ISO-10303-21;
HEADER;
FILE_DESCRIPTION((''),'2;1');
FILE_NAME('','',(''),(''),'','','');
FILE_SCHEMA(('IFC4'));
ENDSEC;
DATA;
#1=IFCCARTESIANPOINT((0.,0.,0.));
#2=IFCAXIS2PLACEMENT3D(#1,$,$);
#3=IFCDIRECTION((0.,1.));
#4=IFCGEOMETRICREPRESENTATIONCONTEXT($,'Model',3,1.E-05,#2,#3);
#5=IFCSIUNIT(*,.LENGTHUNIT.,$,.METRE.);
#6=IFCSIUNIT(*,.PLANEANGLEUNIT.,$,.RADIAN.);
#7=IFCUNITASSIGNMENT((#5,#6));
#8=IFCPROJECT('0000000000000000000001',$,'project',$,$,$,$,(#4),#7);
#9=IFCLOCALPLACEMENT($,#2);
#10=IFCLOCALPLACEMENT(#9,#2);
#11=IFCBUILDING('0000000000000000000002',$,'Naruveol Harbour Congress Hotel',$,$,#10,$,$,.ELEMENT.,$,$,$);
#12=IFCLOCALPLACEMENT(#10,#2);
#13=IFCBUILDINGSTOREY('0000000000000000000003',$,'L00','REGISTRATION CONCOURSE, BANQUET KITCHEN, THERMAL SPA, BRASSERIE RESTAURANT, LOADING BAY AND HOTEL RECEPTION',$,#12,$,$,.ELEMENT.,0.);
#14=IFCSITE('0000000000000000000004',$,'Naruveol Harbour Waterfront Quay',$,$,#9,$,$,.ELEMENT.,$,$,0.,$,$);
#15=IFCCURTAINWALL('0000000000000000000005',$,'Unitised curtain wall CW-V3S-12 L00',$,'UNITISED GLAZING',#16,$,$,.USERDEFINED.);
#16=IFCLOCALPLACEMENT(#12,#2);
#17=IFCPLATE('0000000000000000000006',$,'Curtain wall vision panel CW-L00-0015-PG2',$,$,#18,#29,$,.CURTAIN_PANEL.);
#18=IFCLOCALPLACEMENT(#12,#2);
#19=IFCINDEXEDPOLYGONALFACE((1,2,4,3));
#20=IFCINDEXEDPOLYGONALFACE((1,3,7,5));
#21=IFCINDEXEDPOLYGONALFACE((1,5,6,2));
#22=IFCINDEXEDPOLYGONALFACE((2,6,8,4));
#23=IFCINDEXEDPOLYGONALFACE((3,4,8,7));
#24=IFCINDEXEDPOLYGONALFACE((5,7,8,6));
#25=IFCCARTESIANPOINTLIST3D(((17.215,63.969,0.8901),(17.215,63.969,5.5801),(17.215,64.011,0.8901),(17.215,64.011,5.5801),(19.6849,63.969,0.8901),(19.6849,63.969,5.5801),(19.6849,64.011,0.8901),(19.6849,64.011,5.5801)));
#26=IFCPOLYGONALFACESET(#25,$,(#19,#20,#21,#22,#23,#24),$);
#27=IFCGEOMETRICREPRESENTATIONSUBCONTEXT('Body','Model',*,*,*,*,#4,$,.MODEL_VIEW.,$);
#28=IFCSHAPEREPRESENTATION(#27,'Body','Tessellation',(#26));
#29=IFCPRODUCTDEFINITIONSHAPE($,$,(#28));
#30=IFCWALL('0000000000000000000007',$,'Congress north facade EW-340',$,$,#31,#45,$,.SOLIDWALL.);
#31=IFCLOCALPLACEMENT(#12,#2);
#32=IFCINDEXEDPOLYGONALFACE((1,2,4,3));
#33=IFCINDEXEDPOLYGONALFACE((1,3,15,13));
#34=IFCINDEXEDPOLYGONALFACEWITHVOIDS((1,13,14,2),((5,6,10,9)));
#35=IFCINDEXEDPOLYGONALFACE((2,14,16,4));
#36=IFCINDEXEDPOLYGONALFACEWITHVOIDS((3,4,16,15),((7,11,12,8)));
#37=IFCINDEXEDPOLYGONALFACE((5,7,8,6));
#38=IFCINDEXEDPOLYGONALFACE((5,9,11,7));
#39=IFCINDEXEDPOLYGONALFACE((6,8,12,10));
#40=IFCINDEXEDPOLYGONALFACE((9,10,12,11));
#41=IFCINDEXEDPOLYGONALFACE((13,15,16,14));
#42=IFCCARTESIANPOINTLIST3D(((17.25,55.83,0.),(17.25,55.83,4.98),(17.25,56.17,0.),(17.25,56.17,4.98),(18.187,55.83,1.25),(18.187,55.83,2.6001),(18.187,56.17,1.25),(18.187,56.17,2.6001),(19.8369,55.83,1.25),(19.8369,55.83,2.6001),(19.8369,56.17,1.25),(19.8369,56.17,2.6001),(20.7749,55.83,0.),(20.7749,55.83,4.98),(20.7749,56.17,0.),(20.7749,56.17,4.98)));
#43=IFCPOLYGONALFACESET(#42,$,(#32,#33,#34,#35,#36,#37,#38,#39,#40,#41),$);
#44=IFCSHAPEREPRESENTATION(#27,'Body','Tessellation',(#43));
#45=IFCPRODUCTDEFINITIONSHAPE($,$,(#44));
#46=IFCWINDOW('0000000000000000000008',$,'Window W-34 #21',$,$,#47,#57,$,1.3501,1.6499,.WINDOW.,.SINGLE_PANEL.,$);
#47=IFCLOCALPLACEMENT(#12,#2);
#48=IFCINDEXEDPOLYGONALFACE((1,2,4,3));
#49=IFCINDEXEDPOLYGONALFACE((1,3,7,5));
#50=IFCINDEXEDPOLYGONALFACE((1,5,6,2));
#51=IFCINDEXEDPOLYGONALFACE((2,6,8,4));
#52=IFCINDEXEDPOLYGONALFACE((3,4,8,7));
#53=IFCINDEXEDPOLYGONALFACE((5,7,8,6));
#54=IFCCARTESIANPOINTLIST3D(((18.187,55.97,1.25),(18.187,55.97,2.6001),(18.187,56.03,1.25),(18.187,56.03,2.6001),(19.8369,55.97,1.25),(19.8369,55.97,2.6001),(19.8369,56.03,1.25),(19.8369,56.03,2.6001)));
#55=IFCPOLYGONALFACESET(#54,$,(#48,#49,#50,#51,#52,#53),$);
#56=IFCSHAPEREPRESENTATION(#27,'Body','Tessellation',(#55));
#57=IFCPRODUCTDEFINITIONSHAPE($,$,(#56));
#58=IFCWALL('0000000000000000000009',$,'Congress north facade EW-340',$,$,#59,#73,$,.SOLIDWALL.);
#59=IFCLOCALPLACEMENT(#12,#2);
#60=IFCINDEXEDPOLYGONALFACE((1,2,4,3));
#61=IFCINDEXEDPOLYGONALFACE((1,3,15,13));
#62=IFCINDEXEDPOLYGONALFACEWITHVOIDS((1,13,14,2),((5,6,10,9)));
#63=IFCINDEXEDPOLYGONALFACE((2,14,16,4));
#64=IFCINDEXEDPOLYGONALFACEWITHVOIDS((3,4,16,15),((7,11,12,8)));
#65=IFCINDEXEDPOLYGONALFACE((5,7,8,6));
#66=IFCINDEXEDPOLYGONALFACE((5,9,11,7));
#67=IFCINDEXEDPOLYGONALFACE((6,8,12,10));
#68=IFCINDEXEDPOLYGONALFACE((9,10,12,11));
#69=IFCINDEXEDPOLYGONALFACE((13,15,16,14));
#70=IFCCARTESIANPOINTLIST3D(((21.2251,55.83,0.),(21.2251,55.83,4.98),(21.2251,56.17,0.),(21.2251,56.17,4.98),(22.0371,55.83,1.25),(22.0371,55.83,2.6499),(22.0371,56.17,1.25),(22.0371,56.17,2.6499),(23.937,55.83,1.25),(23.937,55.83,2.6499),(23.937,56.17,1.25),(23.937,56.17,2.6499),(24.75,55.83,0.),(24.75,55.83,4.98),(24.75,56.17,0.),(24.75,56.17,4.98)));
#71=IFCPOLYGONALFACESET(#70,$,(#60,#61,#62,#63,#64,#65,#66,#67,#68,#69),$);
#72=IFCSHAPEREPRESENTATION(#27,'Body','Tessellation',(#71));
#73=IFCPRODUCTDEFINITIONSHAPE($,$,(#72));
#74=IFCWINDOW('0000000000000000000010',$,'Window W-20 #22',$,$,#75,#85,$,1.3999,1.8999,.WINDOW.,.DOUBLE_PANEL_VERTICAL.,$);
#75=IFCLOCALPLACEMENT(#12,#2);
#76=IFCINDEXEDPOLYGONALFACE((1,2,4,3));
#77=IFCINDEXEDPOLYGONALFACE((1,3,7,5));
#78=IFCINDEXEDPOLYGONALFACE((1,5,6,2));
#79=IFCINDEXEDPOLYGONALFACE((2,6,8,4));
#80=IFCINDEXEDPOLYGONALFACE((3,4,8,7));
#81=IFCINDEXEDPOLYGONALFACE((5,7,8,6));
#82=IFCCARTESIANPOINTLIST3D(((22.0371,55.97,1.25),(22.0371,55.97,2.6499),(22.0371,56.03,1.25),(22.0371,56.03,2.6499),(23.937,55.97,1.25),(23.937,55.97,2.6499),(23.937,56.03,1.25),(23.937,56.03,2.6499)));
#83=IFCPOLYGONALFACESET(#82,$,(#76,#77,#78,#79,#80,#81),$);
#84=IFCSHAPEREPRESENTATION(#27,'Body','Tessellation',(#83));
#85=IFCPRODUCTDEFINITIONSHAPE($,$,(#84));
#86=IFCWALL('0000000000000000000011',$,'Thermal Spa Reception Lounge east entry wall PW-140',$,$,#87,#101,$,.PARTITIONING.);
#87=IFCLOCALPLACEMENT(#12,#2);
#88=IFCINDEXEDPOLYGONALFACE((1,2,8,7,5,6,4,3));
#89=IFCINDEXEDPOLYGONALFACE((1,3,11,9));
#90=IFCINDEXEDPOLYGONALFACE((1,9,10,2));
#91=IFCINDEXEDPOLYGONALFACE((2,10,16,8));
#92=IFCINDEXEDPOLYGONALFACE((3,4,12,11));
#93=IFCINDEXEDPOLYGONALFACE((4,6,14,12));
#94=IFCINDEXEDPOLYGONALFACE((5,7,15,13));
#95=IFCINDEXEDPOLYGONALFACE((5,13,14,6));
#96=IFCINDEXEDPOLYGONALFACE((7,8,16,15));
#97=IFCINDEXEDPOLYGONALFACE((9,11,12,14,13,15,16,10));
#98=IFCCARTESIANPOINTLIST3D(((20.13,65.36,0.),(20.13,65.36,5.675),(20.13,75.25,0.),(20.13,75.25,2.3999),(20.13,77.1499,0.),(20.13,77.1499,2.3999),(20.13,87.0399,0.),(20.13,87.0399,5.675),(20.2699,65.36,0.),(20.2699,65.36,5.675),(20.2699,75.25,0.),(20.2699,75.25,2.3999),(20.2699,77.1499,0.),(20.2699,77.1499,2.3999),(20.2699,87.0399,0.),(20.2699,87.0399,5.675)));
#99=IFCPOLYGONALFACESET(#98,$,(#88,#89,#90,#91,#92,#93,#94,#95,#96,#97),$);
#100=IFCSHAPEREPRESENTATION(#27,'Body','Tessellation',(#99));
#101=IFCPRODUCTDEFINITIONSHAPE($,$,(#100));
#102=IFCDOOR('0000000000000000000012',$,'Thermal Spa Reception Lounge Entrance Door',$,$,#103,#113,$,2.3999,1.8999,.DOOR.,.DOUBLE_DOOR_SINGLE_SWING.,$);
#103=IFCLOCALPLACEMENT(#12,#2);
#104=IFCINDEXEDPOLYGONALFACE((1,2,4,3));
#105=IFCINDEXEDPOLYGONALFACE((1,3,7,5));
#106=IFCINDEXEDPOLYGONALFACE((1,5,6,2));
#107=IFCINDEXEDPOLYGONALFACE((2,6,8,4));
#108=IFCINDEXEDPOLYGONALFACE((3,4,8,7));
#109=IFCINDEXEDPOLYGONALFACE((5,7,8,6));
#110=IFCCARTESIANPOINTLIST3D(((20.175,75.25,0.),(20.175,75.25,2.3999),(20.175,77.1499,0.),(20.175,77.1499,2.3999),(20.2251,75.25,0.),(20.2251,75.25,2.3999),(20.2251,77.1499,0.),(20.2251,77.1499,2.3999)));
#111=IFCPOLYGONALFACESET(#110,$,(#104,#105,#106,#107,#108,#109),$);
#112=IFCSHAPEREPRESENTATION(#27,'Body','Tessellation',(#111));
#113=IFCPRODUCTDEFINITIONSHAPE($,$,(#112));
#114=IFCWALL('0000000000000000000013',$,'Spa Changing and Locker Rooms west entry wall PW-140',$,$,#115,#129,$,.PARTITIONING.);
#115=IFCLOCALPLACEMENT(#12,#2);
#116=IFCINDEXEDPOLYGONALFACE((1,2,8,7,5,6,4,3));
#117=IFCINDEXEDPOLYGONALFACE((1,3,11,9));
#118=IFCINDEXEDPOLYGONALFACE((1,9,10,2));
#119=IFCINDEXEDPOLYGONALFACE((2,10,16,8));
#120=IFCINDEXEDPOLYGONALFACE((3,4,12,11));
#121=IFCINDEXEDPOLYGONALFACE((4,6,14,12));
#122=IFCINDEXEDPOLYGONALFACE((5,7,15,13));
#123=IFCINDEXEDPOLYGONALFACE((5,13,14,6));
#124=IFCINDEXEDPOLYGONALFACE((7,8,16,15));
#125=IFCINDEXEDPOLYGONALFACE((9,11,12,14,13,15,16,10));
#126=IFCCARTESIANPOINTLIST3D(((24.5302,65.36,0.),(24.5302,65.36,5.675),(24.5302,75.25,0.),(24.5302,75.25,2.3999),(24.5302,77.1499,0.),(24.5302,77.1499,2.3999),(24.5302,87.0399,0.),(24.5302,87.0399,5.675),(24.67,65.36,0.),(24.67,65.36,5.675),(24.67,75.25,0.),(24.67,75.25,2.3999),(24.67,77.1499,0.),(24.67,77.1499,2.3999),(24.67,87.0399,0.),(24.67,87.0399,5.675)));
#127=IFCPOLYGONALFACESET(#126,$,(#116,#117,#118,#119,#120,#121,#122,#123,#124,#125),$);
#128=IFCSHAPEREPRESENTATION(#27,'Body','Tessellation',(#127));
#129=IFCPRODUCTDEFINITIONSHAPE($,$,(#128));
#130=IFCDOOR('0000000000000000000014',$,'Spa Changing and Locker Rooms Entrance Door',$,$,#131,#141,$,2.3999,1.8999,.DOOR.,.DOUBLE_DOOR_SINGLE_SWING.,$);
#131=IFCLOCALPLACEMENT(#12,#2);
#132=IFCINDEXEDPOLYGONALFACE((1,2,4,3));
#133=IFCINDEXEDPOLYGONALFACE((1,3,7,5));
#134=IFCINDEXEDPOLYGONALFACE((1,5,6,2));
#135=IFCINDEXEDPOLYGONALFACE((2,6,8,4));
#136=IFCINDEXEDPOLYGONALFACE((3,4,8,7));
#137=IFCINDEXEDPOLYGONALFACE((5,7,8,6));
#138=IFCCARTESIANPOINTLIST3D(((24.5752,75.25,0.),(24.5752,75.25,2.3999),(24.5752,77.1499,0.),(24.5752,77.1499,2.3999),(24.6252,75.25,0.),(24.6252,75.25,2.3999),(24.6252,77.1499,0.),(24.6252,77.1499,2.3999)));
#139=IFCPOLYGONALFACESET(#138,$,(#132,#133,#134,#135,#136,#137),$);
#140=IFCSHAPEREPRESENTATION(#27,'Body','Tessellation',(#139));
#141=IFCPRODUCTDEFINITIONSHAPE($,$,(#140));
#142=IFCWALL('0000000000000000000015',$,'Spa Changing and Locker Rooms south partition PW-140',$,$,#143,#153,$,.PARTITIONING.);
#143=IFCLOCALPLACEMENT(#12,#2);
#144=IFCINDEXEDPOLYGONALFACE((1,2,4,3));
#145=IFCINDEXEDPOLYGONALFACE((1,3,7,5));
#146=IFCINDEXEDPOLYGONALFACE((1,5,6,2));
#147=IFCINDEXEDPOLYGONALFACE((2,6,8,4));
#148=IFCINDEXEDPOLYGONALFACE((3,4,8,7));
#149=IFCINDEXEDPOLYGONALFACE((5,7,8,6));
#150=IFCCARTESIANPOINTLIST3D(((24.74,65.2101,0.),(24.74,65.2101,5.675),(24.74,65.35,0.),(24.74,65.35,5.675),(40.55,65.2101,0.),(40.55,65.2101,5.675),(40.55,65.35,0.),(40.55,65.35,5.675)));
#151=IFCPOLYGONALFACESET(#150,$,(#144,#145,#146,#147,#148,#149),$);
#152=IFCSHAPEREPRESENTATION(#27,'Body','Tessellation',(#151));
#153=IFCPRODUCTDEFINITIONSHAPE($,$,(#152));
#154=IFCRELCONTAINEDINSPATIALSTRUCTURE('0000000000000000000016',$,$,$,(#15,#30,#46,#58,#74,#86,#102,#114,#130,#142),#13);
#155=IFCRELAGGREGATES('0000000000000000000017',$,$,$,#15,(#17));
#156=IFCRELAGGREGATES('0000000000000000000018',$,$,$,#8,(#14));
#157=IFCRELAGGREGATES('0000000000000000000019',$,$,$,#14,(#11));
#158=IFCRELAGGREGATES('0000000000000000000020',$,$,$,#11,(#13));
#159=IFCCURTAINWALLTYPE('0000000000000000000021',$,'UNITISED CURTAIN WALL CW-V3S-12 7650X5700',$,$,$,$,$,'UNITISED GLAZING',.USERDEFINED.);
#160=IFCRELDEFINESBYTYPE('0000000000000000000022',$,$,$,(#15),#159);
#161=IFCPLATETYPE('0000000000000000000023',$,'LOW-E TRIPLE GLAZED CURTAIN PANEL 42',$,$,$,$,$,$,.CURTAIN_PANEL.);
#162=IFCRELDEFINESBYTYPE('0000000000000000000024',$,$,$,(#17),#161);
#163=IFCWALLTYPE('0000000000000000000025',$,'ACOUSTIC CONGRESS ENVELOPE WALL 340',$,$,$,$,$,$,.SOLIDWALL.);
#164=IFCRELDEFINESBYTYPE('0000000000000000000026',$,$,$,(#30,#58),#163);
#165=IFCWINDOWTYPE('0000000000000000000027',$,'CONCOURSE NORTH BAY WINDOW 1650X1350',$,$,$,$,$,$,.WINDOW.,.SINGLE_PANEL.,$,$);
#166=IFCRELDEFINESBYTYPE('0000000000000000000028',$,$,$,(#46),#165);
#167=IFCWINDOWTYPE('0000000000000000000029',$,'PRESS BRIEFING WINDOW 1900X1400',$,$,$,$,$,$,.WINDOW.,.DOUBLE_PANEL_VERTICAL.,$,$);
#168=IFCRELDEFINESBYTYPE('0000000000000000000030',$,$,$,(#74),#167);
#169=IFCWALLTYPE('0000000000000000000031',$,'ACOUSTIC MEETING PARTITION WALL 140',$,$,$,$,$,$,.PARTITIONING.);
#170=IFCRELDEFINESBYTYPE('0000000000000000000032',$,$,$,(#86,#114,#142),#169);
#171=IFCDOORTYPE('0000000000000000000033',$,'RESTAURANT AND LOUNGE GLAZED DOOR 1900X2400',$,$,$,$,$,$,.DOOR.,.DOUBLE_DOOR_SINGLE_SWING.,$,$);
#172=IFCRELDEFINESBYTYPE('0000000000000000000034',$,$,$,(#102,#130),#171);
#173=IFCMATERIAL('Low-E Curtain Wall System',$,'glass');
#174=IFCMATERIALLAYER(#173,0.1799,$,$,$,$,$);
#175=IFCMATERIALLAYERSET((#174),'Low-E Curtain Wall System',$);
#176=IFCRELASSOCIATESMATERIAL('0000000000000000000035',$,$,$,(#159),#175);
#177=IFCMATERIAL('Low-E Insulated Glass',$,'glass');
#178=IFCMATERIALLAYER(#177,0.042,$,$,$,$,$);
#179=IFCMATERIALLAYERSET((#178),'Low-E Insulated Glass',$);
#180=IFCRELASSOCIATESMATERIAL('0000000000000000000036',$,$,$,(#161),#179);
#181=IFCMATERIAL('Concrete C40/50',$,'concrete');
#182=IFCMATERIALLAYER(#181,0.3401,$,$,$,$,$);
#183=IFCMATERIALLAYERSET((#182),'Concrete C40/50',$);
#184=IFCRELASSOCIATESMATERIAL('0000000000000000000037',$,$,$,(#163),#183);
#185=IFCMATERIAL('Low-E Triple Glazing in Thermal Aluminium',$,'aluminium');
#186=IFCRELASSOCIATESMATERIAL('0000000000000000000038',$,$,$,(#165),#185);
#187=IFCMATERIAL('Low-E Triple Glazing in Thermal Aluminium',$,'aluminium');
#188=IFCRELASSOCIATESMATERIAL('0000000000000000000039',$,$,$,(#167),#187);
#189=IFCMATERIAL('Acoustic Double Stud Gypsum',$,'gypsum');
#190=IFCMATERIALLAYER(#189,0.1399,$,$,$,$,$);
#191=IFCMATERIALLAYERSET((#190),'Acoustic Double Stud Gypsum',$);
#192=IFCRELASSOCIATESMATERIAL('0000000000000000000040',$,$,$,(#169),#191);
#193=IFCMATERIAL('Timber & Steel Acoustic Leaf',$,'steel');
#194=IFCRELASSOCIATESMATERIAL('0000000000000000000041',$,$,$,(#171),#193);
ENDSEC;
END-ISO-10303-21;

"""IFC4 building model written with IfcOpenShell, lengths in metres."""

from ifc_helpers import new_model, si_unit, direction, frame, frame_2d, origin, origin_2d, place, context, subcontext, project, spatial, rectangle, extrude, material, layer, layer_set, type_object, element, fill, aggregate, save


model = new_model("IFC4")

# Units and contexts
model_context = context("Model", 3, precision=1e-05, world=origin(), true_north=direction((0.0, 1.0)))
body_context = subcontext(model_context, "Body", "Model", "MODEL_VIEW")
ifc_project = project(units=[si_unit("LENGTHUNIT", "METRE"), si_unit("PLANEANGLEUNIT", "RADIAN")], contexts=[model_context])

# Site, building, storey
site_placement = place(None, origin())
site = spatial("IfcSite", under=ifc_project, at=site_placement, Name="Naruveol Harbour Waterfront Quay", CompositionType="ELEMENT", RefElevation=0.0)
building_placement = place(site_placement, origin())
building = spatial("IfcBuilding", under=site, at=building_placement, Name="Naruveol Harbour Congress Hotel", CompositionType="ELEMENT")
storey_placement = place(building_placement, origin())
storey = spatial("IfcBuildingStorey", under=building, at=storey_placement, Name="L00", Description="REGISTRATION CONCOURSE, BANQUET KITCHEN, THERMAL SPA, BRASSERIE RESTAURANT, LOADING BAY AND HOTEL RECEPTION", CompositionType="ELEMENT", Elevation=0.0)

# Curtain wall, plate
ifc_material_1 = material(Name="Low-E Curtain Wall System", Category="glass")
ifc_layer_1 = layer(ifc_material_1, 0.1799)
ifc_layer_set_1 = layer_set([ifc_layer_1], Name="Low-E Curtain Wall System")
curtain_wall_type = type_object("IfcCurtainWallType", Name="UNITISED CURTAIN WALL CW-V3S-12 7650X5700", ElementType="UNITISED GLAZING", PredefinedType="USERDEFINED", material=ifc_layer_set_1)
curtain_wall_placement = place(storey_placement, origin())
curtain_wall = element("IfcCurtainWall", 1, at=curtain_wall_placement, inside=storey, type_object=curtain_wall_type, Name="Unitised curtain wall CW-V3S-12 L00", ObjectType="UNITISED GLAZING", PredefinedType="USERDEFINED")
ifc_material_2 = material(Name="Low-E Insulated Glass", Category="glass")
ifc_layer_2 = layer(ifc_material_2, 0.042)
ifc_layer_set_2 = layer_set([ifc_layer_2], Name="Low-E Insulated Glass")
plate_type_1 = type_object("IfcPlateType", Name="LOW-E TRIPLE GLAZED CURTAIN PANEL 42", PredefinedType="CURTAIN_PANEL", material=ifc_layer_set_2)
plate_1_placement = place(storey_placement, frame((18.45, 63.99, 0.8901), z_axis=(0.0, 0.0, 1.0), x_axis=(-1.0, 0.0, 0.0)))
plate_1 = element("IfcPlate", 2, at=plate_1_placement, type_object=plate_type_1, Name="Curtain wall vision panel CW-L00-0015-PG2", PredefinedType="CURTAIN_PANEL", context=body_context, shape_type="SweptSolid", body=[
    extrude(rectangle(XDim=2.47, YDim=0.042, at=origin_2d()), origin(), (0.0, 0.0, 1.0), 4.6899),
])
aggregate(curtain_wall, [plate_1])

# Walls, openings, windows
ifc_material_3 = material(Name="Concrete C40/50", Category="concrete")
ifc_layer_3 = layer(ifc_material_3, 0.3401)
ifc_layer_set_3 = layer_set([ifc_layer_3], Name="Concrete C40/50")
wall_type_1 = type_object("IfcWallType", Name="ACOUSTIC CONGRESS ENVELOPE WALL 340", PredefinedType="SOLIDWALL", material=ifc_layer_set_3)
wall_1_placement = place(storey_placement, frame((17.25, 56.0, 0.0), z_axis=(0.0, 0.0, 1.0), x_axis=(1.0, 0.0, 0.0)))
wall_1 = element("IfcWall", 3, at=wall_1_placement, inside=storey, type_object=wall_type_1, Name="Congress north facade EW-340", PredefinedType="SOLIDWALL", context=body_context, shape_type="SweptSolid", body=[
    extrude(rectangle(XDim=3.5249, YDim=0.3401, at=frame_2d((1.7625, 0.0))), origin(), (0.0, 0.0, 1.0), 4.98),
])
opening_1_placement = place(wall_1_placement, frame((0.937, 0.0, 1.25)))
opening_1 = element("IfcOpeningElement", 4, at=opening_1_placement, cuts=wall_1, PredefinedType="OPENING", context=body_context, shape_type="SweptSolid", body=[
    extrude(rectangle(XDim=1.6499, YDim=1.3501, at=frame_2d((0.825, 0.675))), frame((0.0, 0.1799, 0.0), z_axis=(0.0, -1.0, 0.0), x_axis=(1.0, 0.0, 0.0)), (0.0, 0.0, 1.0), 0.3601),
])
ifc_material_4 = material(Name="Low-E Triple Glazing in Thermal Aluminium", Category="aluminium")
window_type_1 = type_object("IfcWindowType", Name="CONCOURSE NORTH BAY WINDOW 1650X1350", PartitioningType="SINGLE_PANEL", PredefinedType="WINDOW", material=ifc_material_4)
window_1_placement = place(opening_1_placement, origin())
window_1 = element("IfcWindow", 5, at=window_1_placement, inside=storey, type_object=window_type_1, Name="Window W-34 #21", OverallHeight=1.3501, OverallWidth=1.6499, PartitioningType="SINGLE_PANEL", PredefinedType="WINDOW", context=body_context, shape_type="SweptSolid", body=[
    extrude(rectangle(XDim=1.6499, YDim=1.3501, at=frame_2d((0.825, 0.675))), frame((0.0, 0.03, 0.0), z_axis=(0.0, -1.0, 0.0), x_axis=(1.0, 0.0, 0.0)), (0.0, 0.0, 1.0), 0.0601),
])
fill(opening_1, window_1)
wall_2_placement = place(storey_placement, frame((21.2251, 56.0, 0.0), z_axis=(0.0, 0.0, 1.0), x_axis=(1.0, 0.0, 0.0)))
wall_2 = element("IfcWall", 6, at=wall_2_placement, inside=storey, type_object=wall_type_1, Name="Congress north facade EW-340", PredefinedType="SOLIDWALL", context=body_context, shape_type="SweptSolid", body=[
    extrude(rectangle(XDim=3.5249, YDim=0.3401, at=frame_2d((1.7625, 0.0))), origin(), (0.0, 0.0, 1.0), 4.98),
])
opening_2_placement = place(wall_2_placement, frame((0.812, 0.0, 1.25)))
opening_2 = element("IfcOpeningElement", 7, at=opening_2_placement, cuts=wall_2, PredefinedType="OPENING", context=body_context, shape_type="SweptSolid", body=[
    extrude(rectangle(XDim=1.8999, YDim=1.3999, at=frame_2d((0.95, 0.7))), frame((0.0, 0.1799, 0.0), z_axis=(0.0, -1.0, 0.0), x_axis=(1.0, 0.0, 0.0)), (0.0, 0.0, 1.0), 0.3601),
])
ifc_material_5 = material(Name="Low-E Triple Glazing in Thermal Aluminium", Category="aluminium")
window_type_2 = type_object("IfcWindowType", Name="PRESS BRIEFING WINDOW 1900X1400", PartitioningType="DOUBLE_PANEL_VERTICAL", PredefinedType="WINDOW", material=ifc_material_5)
window_2_placement = place(opening_2_placement, origin())
window_2 = element("IfcWindow", 8, at=window_2_placement, inside=storey, type_object=window_type_2, Name="Window W-20 #22", OverallHeight=1.3999, OverallWidth=1.8999, PartitioningType="DOUBLE_PANEL_VERTICAL", PredefinedType="WINDOW", context=body_context, shape_type="SweptSolid", body=[
    extrude(rectangle(XDim=1.8999, YDim=1.3999, at=frame_2d((0.95, 0.7))), frame((0.0, 0.03, 0.0), z_axis=(0.0, -1.0, 0.0), x_axis=(1.0, 0.0, 0.0)), (0.0, 0.0, 1.0), 0.0601),
])
fill(opening_2, window_2)

# Walls, openings, doors
ifc_material_6 = material(Name="Acoustic Double Stud Gypsum", Category="gypsum")
ifc_layer_4 = layer(ifc_material_6, 0.1399)
ifc_layer_set_4 = layer_set([ifc_layer_4], Name="Acoustic Double Stud Gypsum")
wall_type_2 = type_object("IfcWallType", Name="ACOUSTIC MEETING PARTITION WALL 140", PredefinedType="PARTITIONING", material=ifc_layer_set_4)
wall_3_placement = place(storey_placement, frame((20.2, 65.3601, 0.0), z_axis=(0.0, 0.0, 1.0), x_axis=(0.0, 1.0, 0.0)))
wall_3 = element("IfcWall", 9, at=wall_3_placement, inside=storey, type_object=wall_type_2, Name="Thermal Spa Reception Lounge east entry wall PW-140", PredefinedType="PARTITIONING", context=body_context, shape_type="SweptSolid", body=[
    extrude(rectangle(XDim=21.6799, YDim=0.1399, at=frame_2d((10.8398, 0.0))), origin(), (0.0, 0.0, 1.0), 5.675),
])
opening_3_placement = place(wall_3_placement, frame((9.8899, 0.0, 0.0)))
opening_3 = element("IfcOpeningElement", 10, at=opening_3_placement, cuts=wall_3, PredefinedType="OPENING", context=body_context, shape_type="SweptSolid", body=[
    extrude(rectangle(XDim=1.8999, YDim=2.3999, at=frame_2d((0.95, 1.2))), frame((0.0, 0.0798, 0.0), z_axis=(0.0, -1.0, 0.0), x_axis=(1.0, 0.0, 0.0)), (0.0, 0.0, 1.0), 0.1599),
])
ifc_material_7 = material(Name="Timber & Steel Acoustic Leaf", Category="steel")
door_type = type_object("IfcDoorType", Name="RESTAURANT AND LOUNGE GLAZED DOOR 1900X2400", OperationType="DOUBLE_DOOR_SINGLE_SWING", PredefinedType="DOOR", material=ifc_material_7)
door_1_placement = place(opening_3_placement, origin())
door_1 = element("IfcDoor", 11, at=door_1_placement, inside=storey, type_object=door_type, Name="Thermal Spa Reception Lounge Entrance Door", OperationType="DOUBLE_DOOR_SINGLE_SWING", OverallHeight=2.3999, OverallWidth=1.8999, PredefinedType="DOOR", context=body_context, shape_type="SweptSolid", body=[
    extrude(rectangle(XDim=1.8999, YDim=2.3999, at=frame_2d((0.95, 1.2))), frame((0.0, 0.0249, 0.0), z_axis=(0.0, -1.0, 0.0), x_axis=(1.0, 0.0, 0.0)), (0.0, 0.0, 1.0), 0.05),
])
fill(opening_3, door_1)
wall_4_placement = place(storey_placement, frame((24.6001, 65.3601, 0.0), z_axis=(0.0, 0.0, 1.0), x_axis=(0.0, 1.0, 0.0)))
wall_4 = element("IfcWall", 12, at=wall_4_placement, inside=storey, type_object=wall_type_2, Name="Spa Changing and Locker Rooms west entry wall PW-140", PredefinedType="PARTITIONING", context=body_context, shape_type="SweptSolid", body=[
    extrude(rectangle(XDim=21.6799, YDim=0.1399, at=frame_2d((10.8398, 0.0))), origin(), (0.0, 0.0, 1.0), 5.675),
])
opening_4_placement = place(wall_4_placement, frame((9.8899, 0.0, 0.0)))
opening_4 = element("IfcOpeningElement", 13, at=opening_4_placement, cuts=wall_4, PredefinedType="OPENING", context=body_context, shape_type="SweptSolid", body=[
    extrude(rectangle(XDim=1.8999, YDim=2.3999, at=frame_2d((0.95, 1.2))), frame((0.0, 0.0798, 0.0), z_axis=(0.0, -1.0, 0.0), x_axis=(1.0, 0.0, 0.0)), (0.0, 0.0, 1.0), 0.1599),
])
door_2_placement = place(opening_4_placement, origin())
door_2 = element("IfcDoor", 14, at=door_2_placement, inside=storey, type_object=door_type, Name="Spa Changing and Locker Rooms Entrance Door", OperationType="DOUBLE_DOOR_SINGLE_SWING", OverallHeight=2.3999, OverallWidth=1.8999, PredefinedType="DOOR", context=body_context, shape_type="SweptSolid", body=[
    extrude(rectangle(XDim=1.8999, YDim=2.3999, at=frame_2d((0.95, 1.2))), frame((0.0, 0.0249, 0.0), z_axis=(0.0, -1.0, 0.0), x_axis=(1.0, 0.0, 0.0)), (0.0, 0.0, 1.0), 0.05),
])
fill(opening_4, door_2)

# Wall
wall_5_placement = place(storey_placement, frame((24.74, 65.28, 0.0), z_axis=(0.0, 0.0, 1.0), x_axis=(1.0, 0.0, 0.0)))
element("IfcWall", 15, at=wall_5_placement, inside=storey, type_object=wall_type_2, Name="Spa Changing and Locker Rooms south partition PW-140", PredefinedType="PARTITIONING", context=body_context, shape_type="SweptSolid", body=[
    extrude(rectangle(XDim=15.8101, YDim=0.1399, at=frame_2d((7.905, 0.0))), origin(), (0.0, 0.0, 1.0), 5.675),
])

save(model, "model.ifc")
